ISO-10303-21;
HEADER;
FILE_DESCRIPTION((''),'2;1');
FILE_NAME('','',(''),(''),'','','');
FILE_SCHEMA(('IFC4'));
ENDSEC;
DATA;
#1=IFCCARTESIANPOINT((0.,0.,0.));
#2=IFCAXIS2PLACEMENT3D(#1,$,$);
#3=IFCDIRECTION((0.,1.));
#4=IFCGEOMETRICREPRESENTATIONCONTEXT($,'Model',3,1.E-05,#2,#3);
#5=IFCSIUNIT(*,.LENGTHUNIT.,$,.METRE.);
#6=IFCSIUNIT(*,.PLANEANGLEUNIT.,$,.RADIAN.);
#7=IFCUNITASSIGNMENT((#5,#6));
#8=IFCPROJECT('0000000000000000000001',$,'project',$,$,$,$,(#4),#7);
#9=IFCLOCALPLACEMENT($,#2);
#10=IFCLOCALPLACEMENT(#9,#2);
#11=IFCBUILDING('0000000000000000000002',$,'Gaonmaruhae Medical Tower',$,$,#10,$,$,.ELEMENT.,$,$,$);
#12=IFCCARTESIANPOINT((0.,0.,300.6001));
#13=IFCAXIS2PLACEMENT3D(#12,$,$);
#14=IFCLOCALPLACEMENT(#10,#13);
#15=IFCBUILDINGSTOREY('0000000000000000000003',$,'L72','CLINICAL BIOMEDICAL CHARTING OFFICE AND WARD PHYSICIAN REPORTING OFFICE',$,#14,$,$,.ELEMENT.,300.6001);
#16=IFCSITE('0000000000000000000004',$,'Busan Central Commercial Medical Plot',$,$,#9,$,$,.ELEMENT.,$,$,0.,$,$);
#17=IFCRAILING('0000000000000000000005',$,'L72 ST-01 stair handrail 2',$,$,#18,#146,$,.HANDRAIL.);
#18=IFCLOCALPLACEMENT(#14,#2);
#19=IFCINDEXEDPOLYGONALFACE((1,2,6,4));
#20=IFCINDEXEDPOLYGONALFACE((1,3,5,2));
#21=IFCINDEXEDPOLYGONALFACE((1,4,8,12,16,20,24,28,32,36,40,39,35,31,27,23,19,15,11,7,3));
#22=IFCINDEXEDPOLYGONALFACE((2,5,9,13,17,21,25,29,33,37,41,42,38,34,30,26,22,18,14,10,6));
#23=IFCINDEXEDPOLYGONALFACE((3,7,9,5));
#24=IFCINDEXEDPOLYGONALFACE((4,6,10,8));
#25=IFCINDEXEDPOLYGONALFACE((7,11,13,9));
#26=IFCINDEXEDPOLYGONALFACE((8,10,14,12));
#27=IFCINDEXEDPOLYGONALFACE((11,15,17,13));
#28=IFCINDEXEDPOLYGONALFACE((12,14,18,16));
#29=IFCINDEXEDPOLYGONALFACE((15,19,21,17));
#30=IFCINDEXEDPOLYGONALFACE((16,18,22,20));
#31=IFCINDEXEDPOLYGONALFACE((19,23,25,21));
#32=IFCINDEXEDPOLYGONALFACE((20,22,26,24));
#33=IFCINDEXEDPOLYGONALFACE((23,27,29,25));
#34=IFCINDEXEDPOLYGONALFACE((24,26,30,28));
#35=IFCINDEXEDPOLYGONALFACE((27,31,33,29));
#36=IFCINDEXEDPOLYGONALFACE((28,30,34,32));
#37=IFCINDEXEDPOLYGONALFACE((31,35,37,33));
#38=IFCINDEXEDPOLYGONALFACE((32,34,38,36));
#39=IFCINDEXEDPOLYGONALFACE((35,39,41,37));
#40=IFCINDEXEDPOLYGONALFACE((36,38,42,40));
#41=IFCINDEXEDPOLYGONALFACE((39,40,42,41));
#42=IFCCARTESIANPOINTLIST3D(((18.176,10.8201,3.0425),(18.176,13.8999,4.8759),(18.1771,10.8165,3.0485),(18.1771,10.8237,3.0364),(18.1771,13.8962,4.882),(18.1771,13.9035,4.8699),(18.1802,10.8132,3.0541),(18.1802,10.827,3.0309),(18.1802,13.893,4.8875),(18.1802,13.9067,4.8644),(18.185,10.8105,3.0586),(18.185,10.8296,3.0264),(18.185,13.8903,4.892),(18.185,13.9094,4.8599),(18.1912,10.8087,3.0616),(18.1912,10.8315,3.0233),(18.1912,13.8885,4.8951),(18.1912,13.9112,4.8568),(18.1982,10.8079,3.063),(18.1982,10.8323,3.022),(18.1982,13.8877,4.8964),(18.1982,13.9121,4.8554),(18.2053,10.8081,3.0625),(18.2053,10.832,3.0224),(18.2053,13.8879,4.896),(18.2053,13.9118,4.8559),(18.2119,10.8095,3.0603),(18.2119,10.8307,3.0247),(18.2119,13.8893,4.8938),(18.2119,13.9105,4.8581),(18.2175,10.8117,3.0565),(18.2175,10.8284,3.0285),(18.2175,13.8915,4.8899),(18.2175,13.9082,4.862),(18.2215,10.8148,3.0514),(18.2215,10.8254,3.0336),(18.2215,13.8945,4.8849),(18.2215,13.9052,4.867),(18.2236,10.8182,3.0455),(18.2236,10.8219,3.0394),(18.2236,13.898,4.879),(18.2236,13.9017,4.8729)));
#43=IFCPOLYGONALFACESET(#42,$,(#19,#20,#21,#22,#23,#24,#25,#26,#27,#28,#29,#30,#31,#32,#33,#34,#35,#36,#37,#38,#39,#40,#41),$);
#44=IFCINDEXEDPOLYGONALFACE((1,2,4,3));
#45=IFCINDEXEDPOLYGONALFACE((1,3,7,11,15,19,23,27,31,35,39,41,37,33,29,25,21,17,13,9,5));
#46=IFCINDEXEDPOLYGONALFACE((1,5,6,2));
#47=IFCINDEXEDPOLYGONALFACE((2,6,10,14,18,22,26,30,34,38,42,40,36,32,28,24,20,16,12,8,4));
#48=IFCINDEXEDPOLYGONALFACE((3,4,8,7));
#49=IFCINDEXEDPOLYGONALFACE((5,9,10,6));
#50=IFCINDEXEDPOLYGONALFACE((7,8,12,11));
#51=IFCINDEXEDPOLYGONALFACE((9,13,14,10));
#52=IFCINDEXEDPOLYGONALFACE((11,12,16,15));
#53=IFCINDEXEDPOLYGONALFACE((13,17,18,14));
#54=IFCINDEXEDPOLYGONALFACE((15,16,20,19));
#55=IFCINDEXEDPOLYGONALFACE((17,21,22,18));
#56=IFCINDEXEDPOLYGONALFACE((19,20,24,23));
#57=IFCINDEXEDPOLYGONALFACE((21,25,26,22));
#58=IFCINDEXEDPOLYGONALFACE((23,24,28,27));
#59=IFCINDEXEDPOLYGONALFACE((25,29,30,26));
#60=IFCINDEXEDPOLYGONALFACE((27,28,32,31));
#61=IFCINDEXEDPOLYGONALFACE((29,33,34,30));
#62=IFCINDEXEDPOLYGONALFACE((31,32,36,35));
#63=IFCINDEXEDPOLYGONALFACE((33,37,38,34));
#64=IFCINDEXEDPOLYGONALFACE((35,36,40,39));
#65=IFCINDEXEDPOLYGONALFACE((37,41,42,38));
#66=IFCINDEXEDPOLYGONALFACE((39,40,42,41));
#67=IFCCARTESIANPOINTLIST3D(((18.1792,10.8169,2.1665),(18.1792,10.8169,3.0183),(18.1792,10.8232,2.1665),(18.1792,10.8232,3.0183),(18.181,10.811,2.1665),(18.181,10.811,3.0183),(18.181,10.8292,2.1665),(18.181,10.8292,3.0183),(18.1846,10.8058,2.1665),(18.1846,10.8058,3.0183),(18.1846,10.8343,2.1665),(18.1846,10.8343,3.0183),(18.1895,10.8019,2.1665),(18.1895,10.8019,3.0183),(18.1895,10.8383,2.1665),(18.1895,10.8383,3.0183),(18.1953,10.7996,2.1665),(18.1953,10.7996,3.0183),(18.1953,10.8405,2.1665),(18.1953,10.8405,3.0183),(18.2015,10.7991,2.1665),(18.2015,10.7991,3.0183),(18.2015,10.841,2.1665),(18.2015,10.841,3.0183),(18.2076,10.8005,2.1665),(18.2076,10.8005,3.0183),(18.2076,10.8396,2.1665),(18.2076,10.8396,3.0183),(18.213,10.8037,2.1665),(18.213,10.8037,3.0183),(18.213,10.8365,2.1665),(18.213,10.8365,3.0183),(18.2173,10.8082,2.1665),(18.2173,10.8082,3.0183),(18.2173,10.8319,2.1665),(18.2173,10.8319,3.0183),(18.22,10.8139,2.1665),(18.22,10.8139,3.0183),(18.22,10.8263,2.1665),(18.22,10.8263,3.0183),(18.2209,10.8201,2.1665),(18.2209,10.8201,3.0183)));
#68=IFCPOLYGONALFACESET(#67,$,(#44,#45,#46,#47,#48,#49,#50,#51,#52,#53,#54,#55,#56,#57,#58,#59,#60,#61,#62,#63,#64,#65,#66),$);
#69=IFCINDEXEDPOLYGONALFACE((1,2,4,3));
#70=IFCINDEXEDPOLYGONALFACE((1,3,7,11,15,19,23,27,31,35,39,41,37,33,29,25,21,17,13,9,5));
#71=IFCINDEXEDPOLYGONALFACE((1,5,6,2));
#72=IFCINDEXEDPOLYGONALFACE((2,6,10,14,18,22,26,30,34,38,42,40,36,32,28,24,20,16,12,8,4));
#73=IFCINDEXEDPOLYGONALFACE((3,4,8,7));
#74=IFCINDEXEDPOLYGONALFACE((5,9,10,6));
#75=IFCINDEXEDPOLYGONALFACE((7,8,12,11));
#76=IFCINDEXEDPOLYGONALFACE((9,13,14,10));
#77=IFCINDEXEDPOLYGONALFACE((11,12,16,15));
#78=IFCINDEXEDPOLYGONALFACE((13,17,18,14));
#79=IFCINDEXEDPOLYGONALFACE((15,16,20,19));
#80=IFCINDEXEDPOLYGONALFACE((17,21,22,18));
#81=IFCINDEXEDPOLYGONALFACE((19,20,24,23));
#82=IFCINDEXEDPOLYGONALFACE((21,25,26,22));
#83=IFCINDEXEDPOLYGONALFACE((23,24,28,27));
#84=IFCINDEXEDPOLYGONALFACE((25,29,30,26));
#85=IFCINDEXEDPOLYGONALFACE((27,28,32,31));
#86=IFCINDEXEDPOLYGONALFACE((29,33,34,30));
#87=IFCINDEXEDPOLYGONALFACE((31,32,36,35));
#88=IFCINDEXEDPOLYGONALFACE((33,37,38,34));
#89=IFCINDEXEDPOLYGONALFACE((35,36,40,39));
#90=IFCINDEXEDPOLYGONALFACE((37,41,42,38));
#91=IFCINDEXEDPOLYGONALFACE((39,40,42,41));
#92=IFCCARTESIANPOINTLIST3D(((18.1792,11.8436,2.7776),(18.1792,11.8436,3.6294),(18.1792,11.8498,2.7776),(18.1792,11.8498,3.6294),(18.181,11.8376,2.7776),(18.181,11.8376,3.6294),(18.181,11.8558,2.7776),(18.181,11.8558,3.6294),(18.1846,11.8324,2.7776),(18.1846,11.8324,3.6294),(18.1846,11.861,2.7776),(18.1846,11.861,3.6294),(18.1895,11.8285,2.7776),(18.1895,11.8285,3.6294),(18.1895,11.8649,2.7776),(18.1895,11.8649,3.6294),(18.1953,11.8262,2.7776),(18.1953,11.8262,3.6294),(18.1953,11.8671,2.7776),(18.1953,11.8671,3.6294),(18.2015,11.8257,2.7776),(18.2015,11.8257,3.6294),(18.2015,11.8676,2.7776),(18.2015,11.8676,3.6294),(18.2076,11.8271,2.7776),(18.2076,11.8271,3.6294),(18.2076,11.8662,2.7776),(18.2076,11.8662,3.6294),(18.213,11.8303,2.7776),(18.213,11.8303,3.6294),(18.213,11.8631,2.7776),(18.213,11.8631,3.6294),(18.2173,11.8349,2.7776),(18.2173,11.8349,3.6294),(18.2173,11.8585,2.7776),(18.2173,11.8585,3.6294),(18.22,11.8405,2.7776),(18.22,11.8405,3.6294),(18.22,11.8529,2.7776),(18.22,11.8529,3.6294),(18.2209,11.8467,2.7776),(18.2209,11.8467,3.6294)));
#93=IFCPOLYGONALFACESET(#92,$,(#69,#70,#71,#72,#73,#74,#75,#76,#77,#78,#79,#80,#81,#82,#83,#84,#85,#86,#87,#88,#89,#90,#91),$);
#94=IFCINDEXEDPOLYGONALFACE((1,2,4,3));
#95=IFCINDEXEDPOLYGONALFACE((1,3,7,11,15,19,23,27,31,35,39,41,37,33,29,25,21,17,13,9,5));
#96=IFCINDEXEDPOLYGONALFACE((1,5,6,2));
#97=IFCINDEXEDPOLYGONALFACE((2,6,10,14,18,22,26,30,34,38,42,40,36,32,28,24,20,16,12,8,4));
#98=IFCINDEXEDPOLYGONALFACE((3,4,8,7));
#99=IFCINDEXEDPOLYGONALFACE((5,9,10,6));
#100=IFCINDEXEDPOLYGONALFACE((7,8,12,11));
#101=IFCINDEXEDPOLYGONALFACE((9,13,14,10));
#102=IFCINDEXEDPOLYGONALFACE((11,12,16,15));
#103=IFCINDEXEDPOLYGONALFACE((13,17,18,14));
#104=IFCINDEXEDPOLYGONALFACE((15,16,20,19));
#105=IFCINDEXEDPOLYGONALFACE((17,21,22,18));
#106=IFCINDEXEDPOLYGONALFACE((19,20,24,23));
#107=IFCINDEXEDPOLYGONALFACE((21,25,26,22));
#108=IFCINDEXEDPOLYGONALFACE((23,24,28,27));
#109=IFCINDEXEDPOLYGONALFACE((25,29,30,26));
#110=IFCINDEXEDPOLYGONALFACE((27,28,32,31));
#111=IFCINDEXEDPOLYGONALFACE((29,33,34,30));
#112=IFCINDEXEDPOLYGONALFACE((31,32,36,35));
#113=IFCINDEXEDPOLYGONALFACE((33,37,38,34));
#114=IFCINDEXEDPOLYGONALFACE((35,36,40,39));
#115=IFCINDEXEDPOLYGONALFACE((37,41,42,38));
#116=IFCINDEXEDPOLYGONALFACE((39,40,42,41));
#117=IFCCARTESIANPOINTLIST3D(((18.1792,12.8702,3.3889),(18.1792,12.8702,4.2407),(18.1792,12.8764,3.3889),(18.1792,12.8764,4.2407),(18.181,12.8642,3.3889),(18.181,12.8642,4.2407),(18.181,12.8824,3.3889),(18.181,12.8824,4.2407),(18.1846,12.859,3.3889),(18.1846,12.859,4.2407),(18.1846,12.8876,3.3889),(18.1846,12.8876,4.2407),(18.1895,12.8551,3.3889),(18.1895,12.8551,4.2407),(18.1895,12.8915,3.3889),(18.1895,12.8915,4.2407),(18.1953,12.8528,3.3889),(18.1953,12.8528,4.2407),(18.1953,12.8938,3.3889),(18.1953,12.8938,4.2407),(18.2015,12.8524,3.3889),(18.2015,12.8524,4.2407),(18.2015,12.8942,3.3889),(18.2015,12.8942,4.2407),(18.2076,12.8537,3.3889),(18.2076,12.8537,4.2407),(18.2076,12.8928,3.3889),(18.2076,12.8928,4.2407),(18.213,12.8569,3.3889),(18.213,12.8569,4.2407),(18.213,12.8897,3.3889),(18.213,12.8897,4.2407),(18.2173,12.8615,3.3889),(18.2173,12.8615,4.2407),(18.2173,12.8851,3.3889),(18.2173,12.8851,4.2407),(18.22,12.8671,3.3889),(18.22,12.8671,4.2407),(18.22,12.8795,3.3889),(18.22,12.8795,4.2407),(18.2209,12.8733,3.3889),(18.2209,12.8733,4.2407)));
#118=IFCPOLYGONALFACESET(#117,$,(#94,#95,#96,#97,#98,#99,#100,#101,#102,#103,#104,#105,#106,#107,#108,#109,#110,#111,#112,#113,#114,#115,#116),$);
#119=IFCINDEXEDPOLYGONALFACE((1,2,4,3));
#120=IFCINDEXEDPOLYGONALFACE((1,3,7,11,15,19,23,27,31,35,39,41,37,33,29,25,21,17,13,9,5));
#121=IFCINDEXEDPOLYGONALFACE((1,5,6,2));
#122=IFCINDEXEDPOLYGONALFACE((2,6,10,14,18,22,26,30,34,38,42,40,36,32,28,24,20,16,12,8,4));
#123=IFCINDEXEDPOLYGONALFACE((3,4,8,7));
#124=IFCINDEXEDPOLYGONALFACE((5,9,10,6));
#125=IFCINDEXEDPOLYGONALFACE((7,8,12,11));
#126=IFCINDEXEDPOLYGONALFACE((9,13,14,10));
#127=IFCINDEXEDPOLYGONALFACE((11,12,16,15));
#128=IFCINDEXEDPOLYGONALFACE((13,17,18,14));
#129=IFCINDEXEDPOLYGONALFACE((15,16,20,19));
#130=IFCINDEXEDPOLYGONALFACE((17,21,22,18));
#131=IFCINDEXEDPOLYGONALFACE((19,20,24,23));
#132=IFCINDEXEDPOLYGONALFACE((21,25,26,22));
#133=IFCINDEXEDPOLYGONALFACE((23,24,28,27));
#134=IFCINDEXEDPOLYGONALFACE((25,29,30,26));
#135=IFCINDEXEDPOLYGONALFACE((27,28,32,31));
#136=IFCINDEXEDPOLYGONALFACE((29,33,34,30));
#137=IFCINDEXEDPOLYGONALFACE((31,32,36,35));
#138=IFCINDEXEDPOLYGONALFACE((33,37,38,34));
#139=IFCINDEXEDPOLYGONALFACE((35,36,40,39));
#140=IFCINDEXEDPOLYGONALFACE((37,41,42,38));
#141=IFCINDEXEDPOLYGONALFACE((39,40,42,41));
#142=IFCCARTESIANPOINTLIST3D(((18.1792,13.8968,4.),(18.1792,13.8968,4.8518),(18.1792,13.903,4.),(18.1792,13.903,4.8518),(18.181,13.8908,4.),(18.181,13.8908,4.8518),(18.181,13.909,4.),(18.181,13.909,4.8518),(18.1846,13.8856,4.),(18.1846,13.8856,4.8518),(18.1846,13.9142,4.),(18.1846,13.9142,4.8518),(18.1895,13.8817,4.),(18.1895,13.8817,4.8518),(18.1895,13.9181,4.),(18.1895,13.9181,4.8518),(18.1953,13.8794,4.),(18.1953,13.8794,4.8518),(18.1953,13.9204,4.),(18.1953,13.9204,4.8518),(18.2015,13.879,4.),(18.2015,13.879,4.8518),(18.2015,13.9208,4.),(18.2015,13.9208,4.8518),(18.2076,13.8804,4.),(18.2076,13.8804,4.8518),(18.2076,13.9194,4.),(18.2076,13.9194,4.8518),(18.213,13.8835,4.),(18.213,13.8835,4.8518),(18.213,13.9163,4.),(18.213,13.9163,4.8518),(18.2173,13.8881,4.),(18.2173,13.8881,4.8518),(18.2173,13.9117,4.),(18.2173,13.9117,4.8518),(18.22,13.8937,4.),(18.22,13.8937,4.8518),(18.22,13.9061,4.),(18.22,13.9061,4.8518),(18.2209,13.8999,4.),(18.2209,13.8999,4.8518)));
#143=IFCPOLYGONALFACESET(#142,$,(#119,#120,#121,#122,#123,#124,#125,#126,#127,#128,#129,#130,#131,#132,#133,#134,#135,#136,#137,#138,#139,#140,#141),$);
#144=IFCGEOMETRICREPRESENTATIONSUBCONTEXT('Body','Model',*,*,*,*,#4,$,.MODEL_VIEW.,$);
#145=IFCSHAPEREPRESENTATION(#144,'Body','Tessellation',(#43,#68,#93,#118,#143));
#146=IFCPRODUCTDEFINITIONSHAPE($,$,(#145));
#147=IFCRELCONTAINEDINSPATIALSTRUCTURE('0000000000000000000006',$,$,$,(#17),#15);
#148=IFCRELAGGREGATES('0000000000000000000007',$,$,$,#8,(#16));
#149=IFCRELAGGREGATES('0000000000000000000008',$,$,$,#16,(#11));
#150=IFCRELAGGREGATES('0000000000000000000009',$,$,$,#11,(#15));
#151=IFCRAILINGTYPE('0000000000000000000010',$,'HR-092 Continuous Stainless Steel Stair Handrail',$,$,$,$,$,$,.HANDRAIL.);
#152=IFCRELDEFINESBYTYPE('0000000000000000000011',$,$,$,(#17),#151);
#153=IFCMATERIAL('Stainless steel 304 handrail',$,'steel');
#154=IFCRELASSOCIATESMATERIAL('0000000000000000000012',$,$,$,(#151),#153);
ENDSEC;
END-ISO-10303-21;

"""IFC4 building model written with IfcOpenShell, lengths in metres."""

from ifc_helpers import new_model, si_unit, direction, frame, origin, origin_2d, place, context, subcontext, project, spatial, circle, extrude, material, type_object, element, save


model = new_model("IFC4")

# Units and contexts
model_context = context("Model", 3, precision=1e-05, world=origin(), true_north=direction((0.0, 1.0)))
body_context = subcontext(model_context, "Body", "Model", "MODEL_VIEW")
ifc_project = project(units=[si_unit("LENGTHUNIT", "METRE"), si_unit("PLANEANGLEUNIT", "RADIAN")], contexts=[model_context])

# Site, building, storey
site_placement = place(None, origin())
site = spatial("IfcSite", under=ifc_project, at=site_placement, Name="Busan Central Commercial Medical Plot", CompositionType="ELEMENT", RefElevation=0.0)
building_placement = place(site_placement, origin())
building = spatial("IfcBuilding", under=site, at=building_placement, Name="Gaonmaruhae Medical Tower", CompositionType="ELEMENT")
storey_placement = place(building_placement, frame((0.0, 0.0, 300.6001)))
storey = spatial("IfcBuildingStorey", under=building, at=storey_placement, Name="L72", Description="CLINICAL BIOMEDICAL CHARTING OFFICE AND WARD PHYSICIAN REPORTING OFFICE", CompositionType="ELEMENT", Elevation=300.6001)

# Railing
ifc_material_1 = material(Name="Stainless steel 304 handrail", Category="steel")
railing_type_1 = type_object("IfcRailingType", Name="HR-092 Continuous Stainless Steel Stair Handrail", PredefinedType="HANDRAIL", material=ifc_material_1)
railing_1_placement = place(storey_placement, frame((18.2, 10.8201, 2.1665)))
element("IfcRailing", 1, at=railing_1_placement, inside=storey, type_object=railing_type_1, Name="L72 ST-01 stair handrail 2", PredefinedType="HANDRAIL", context=body_context, shape_type="SweptSolid", body=[
    extrude(circle(Radius=0.0239, at=origin_2d()), frame((0.0, 0.0, 0.876), z_axis=(0.0, 0.859261, 0.511538), x_axis=(-1.0, 0.0, 0.0)), (0.0, 0.0, 1.0), 3.5842),
    extrude(circle(Radius=0.021, at=origin_2d()), origin(), (0.0, 0.0, 1.0), 0.8518),
    extrude(circle(Radius=0.021, at=origin_2d()), frame((0.0, 1.0266, 0.6111)), (0.0, 0.0, 1.0), 0.8518),
    extrude(circle(Radius=0.021, at=origin_2d()), frame((0.0, 2.0532, 1.2224)), (0.0, 0.0, 1.0), 0.8518),
    extrude(circle(Radius=0.021, at=origin_2d()), frame((0.0, 3.0798, 1.8335)), (0.0, 0.0, 1.0), 0.8518),
])

save(model, "model.ifc")
